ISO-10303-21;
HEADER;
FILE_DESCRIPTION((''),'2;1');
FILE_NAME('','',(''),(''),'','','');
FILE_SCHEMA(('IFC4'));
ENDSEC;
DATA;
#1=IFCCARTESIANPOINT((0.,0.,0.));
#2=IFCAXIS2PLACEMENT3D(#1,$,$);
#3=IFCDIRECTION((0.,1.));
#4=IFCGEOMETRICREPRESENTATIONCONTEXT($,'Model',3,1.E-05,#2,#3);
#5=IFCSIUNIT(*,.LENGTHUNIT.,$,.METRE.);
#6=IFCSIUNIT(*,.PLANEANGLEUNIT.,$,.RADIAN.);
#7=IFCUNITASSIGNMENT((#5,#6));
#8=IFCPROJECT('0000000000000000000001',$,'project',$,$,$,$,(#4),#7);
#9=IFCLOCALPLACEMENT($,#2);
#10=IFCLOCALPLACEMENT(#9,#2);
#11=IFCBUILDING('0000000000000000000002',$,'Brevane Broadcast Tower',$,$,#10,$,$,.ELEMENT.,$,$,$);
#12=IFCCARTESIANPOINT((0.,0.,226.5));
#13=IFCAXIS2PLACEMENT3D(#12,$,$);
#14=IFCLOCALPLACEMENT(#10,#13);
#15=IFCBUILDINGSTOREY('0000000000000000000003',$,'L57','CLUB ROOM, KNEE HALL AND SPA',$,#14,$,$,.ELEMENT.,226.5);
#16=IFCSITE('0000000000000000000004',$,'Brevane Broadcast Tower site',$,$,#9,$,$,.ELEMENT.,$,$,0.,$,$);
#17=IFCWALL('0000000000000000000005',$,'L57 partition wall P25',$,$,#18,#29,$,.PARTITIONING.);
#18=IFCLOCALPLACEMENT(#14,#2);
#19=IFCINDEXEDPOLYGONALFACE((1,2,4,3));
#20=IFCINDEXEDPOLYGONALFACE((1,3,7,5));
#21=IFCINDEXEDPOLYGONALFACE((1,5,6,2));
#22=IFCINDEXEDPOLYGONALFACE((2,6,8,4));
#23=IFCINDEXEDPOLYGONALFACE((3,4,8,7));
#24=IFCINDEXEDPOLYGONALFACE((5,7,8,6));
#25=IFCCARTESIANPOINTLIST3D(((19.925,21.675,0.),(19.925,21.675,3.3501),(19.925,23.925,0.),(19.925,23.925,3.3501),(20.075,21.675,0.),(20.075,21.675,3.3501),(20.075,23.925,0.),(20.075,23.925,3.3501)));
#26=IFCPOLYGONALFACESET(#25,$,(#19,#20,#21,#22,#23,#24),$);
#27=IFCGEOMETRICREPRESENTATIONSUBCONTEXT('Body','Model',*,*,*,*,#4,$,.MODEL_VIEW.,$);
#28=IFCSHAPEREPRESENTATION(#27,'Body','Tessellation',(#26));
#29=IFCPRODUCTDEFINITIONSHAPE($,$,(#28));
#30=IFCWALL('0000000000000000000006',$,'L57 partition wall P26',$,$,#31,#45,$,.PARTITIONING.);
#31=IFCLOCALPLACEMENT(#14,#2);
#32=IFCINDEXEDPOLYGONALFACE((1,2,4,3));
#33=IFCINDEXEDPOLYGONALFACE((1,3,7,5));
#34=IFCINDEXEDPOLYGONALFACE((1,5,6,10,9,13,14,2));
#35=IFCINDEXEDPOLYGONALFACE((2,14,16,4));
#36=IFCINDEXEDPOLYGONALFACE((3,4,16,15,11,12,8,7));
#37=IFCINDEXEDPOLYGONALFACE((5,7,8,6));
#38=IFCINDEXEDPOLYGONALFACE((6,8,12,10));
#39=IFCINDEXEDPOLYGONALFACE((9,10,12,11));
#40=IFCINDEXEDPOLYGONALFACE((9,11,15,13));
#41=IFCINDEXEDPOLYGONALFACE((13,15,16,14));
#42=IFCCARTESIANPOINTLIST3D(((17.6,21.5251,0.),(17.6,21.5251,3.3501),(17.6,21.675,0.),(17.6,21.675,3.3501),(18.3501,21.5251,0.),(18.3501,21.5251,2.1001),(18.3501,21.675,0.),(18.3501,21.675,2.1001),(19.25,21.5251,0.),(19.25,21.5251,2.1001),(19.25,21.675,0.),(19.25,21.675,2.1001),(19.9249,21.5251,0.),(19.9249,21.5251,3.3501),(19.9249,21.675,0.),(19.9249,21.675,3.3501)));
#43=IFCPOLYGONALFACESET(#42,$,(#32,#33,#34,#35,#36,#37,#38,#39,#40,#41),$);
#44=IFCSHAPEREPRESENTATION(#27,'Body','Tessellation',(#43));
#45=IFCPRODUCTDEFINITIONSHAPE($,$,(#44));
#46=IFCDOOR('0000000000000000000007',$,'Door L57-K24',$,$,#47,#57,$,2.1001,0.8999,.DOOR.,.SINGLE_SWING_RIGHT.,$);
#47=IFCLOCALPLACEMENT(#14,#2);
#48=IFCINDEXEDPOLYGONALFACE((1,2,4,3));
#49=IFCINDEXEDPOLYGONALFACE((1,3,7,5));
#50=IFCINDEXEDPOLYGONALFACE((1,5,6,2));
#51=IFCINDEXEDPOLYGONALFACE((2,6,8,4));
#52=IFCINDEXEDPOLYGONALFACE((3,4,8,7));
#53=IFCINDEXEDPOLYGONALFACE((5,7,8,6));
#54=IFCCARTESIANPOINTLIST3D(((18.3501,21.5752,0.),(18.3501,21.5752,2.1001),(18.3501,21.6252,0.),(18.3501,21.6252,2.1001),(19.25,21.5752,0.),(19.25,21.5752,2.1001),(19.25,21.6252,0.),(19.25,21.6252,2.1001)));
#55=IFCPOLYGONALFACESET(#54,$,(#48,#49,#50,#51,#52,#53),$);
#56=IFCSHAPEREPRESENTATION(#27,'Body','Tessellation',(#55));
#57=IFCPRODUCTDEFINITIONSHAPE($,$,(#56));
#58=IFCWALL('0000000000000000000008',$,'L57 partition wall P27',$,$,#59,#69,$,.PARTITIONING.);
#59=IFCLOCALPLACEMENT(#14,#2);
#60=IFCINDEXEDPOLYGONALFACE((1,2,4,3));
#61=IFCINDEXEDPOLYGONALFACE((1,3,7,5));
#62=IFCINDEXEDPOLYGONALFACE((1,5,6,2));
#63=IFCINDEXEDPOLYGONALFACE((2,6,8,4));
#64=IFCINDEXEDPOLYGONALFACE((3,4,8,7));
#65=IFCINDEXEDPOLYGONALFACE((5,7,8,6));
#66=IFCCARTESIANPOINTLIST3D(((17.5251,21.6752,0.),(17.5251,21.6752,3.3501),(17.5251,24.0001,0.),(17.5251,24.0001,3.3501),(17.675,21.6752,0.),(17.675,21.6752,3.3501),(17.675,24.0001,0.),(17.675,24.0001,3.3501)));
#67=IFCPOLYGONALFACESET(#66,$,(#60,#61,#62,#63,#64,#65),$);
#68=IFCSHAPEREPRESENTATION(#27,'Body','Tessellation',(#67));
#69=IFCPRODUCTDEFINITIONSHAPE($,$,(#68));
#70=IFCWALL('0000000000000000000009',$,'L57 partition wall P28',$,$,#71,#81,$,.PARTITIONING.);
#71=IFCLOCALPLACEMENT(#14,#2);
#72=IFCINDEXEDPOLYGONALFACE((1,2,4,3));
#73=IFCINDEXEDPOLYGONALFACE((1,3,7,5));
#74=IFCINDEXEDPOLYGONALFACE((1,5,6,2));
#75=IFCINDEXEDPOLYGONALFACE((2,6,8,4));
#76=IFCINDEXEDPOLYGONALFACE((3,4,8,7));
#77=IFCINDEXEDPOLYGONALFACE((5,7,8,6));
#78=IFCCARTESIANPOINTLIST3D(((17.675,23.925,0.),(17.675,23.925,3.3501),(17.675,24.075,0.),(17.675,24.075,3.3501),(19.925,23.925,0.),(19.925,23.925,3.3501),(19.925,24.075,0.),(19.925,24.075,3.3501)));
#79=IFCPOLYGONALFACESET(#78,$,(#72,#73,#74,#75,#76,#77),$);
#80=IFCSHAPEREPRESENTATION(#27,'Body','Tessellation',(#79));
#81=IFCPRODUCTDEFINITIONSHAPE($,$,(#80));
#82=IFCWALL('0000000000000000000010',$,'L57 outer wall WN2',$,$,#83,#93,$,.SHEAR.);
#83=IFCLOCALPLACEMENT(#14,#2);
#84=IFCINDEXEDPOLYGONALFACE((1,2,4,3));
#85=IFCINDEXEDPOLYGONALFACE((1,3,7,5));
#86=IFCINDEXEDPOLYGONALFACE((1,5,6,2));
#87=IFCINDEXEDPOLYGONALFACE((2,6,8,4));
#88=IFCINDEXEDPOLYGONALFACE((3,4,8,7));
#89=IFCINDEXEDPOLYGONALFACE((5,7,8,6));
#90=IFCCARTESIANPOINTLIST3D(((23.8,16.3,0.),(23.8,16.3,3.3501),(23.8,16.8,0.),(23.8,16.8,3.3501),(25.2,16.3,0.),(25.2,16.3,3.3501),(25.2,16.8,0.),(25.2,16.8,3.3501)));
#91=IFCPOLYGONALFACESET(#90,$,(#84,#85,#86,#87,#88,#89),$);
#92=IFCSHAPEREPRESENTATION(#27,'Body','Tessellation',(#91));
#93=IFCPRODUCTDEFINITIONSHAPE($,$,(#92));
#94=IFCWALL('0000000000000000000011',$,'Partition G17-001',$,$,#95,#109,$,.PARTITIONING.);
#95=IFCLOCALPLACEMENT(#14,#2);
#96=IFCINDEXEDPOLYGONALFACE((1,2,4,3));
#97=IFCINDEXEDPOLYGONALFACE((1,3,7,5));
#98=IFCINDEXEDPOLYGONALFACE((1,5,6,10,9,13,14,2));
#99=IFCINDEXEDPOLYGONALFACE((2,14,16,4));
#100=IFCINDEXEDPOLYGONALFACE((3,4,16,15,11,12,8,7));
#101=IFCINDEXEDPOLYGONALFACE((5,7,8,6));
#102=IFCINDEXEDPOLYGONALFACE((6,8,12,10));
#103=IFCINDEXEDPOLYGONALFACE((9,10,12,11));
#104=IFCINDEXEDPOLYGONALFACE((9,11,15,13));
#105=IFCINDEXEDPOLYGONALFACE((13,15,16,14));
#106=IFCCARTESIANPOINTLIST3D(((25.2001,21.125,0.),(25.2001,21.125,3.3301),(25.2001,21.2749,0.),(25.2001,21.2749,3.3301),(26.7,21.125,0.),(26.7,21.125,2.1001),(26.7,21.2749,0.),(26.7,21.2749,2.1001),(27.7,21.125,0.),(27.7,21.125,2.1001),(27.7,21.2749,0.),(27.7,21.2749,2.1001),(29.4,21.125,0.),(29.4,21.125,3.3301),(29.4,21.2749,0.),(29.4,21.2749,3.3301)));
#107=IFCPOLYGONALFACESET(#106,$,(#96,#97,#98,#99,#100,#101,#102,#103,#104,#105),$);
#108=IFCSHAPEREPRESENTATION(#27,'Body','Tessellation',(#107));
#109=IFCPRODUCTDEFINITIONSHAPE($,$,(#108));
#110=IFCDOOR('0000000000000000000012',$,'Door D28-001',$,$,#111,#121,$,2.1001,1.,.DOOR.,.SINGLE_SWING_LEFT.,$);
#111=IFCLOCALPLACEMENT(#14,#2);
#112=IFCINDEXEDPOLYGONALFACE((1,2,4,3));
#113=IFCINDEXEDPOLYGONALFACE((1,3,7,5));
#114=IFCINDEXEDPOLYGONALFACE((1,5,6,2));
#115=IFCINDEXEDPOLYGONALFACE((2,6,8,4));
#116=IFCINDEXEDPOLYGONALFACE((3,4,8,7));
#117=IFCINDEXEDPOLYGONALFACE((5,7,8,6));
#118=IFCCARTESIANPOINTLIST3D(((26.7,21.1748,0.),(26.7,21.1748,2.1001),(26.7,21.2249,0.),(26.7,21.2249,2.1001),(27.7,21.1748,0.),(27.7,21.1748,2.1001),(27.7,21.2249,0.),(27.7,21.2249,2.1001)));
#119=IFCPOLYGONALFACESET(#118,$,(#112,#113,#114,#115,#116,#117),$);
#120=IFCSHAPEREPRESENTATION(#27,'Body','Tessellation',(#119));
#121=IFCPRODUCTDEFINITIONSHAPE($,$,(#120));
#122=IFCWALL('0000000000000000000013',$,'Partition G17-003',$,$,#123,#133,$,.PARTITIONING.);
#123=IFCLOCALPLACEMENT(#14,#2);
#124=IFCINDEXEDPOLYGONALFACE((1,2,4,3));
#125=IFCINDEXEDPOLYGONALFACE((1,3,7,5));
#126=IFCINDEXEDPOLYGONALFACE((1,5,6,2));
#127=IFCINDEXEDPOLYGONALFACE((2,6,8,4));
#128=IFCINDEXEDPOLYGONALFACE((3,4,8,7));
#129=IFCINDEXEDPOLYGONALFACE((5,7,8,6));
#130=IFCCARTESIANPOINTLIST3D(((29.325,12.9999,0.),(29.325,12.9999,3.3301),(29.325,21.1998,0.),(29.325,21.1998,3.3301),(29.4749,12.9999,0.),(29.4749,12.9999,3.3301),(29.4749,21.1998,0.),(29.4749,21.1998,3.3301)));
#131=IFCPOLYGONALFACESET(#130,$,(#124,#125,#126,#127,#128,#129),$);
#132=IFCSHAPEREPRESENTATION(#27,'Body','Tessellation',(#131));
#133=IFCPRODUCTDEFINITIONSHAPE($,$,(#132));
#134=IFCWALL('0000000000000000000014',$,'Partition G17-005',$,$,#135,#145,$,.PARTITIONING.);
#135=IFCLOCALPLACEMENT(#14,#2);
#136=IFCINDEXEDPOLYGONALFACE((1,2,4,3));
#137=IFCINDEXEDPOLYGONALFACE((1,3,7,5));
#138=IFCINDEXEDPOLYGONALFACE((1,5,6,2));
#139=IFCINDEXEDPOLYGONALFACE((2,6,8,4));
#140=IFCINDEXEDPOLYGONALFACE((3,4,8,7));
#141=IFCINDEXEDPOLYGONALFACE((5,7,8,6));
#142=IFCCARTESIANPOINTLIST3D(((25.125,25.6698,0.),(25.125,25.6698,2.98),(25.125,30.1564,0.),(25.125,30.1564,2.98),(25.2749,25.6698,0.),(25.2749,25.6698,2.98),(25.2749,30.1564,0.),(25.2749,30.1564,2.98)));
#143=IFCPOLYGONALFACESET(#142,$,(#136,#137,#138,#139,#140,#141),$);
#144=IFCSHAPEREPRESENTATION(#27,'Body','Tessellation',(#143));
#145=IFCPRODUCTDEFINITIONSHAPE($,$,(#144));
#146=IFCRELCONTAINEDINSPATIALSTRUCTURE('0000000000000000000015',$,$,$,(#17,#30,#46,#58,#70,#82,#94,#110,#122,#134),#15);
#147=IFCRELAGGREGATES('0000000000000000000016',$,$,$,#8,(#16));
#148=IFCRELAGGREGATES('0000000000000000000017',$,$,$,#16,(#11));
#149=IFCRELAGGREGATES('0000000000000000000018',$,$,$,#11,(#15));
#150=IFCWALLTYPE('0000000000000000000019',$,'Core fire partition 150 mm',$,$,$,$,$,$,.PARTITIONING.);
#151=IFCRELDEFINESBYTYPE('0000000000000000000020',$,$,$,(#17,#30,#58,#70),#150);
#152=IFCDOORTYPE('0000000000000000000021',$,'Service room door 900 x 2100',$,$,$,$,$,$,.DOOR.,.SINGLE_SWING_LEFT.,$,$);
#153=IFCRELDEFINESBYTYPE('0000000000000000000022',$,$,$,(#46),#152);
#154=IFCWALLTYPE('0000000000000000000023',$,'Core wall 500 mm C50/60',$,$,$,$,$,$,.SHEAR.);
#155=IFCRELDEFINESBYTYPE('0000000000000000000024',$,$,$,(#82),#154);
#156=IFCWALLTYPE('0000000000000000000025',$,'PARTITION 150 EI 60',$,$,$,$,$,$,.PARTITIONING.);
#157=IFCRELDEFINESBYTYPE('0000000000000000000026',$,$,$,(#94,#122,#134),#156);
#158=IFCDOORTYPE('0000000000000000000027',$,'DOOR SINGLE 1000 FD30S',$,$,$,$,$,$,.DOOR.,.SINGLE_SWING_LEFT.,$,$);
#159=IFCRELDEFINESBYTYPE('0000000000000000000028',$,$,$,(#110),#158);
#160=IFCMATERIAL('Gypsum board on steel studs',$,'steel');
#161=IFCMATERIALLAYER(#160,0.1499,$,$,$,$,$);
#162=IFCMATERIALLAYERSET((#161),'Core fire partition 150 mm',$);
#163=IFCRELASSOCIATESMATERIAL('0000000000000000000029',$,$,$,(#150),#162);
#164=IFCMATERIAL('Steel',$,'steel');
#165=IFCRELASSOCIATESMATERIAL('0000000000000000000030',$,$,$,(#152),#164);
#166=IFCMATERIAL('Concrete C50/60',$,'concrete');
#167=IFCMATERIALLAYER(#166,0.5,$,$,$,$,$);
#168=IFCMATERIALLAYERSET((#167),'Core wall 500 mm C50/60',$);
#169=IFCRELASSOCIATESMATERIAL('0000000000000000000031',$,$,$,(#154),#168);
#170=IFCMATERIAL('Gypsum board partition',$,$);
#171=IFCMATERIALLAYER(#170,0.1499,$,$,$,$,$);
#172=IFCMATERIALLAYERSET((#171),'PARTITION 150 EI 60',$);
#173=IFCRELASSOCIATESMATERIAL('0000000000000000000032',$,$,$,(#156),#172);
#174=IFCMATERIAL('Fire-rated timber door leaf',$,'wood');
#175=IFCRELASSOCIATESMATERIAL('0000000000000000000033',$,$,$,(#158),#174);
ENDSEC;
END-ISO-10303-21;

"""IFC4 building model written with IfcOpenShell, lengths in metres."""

from ifc_helpers import new_model, si_unit, direction, frame, frame_2d, origin, place, context, subcontext, project, spatial, rectangle, extrude, material, layer, layer_set, type_object, element, fill, save


model = new_model("IFC4")

# Units and contexts
model_context = context("Model", 3, precision=1e-05, world=origin(), true_north=direction((0.0, 1.0)))
body_context = subcontext(model_context, "Body", "Model", "MODEL_VIEW")
ifc_project = project(units=[si_unit("LENGTHUNIT", "METRE"), si_unit("PLANEANGLEUNIT", "RADIAN")], contexts=[model_context])

# Site, building, storey
site_placement = place(None, origin())
site = spatial("IfcSite", under=ifc_project, at=site_placement, Name="Brevane Broadcast Tower site", CompositionType="ELEMENT", RefElevation=0.0)
building_placement = place(site_placement, origin())
building = spatial("IfcBuilding", under=site, at=building_placement, Name="Brevane Broadcast Tower", CompositionType="ELEMENT")
storey_placement = place(building_placement, frame((0.0, 0.0, 226.5)))
storey = spatial("IfcBuildingStorey", under=building, at=storey_placement, Name="L57", Description="CLUB ROOM, KNEE HALL AND SPA", CompositionType="ELEMENT", Elevation=226.5)

# Shared definitions
ifc_material_1 = material(Name="Concrete C50/60", Category="concrete")

# Shared definitions
ifc_material_2 = material(Name="Gypsum board on steel studs", Category="steel")
ifc_layer_1 = layer(ifc_material_2, 0.1499)
ifc_layer_set_1 = layer_set([ifc_layer_1], Name="Core fire partition 150 mm")
wall_type_1 = type_object("IfcWallType", Name="Core fire partition 150 mm", PredefinedType="PARTITIONING", material=ifc_layer_set_1)

# Wall
wall_1_placement = place(storey_placement, frame((20.0, 21.675, 0.0), z_axis=(0.0, 0.0, 1.0), x_axis=(0.0, 1.0, 0.0)))
element("IfcWall", 1, at=wall_1_placement, inside=storey, type_object=wall_type_1, Name="L57 partition wall P25", PredefinedType="PARTITIONING", context=body_context, shape_type="SweptSolid", body=[
    extrude(rectangle(XDim=2.25, YDim=0.1499, at=frame_2d((1.125, 0.0))), origin(), (0.0, 0.0, 1.0), 3.3501),
])

# Wall, opening, door
wall_2_placement = place(storey_placement, frame((19.925, 21.6001, 0.0), z_axis=(0.0, 0.0, 1.0), x_axis=(-1.0, 0.0, 0.0)))
wall_2 = element("IfcWall", 2, at=wall_2_placement, inside=storey, type_object=wall_type_1, Name="L57 partition wall P26", PredefinedType="PARTITIONING", context=body_context, shape_type="SweptSolid", body=[
    extrude(rectangle(XDim=2.325, YDim=0.1499, at=frame_2d((1.1626, 0.0))), origin(), (0.0, 0.0, 1.0), 3.3501),
])
opening_1_placement = place(wall_2_placement, frame((0.675, 0.0, 0.0)))
opening_1 = element("IfcOpeningElement", 3, at=opening_1_placement, cuts=wall_2, PredefinedType="OPENING", context=body_context, shape_type="SweptSolid", body=[
    extrude(rectangle(XDim=0.8999, YDim=2.1001, at=frame_2d((0.45, 1.05))), frame((0.0, 0.085, 0.0), z_axis=(0.0, -1.0, 0.0), x_axis=(1.0, 0.0, 0.0)), (0.0, 0.0, 1.0), 0.1699),
])
ifc_material_3 = material(Name="Steel", Category="steel")
door_type_1 = type_object("IfcDoorType", Name="Service room door 900 x 2100", OperationType="SINGLE_SWING_LEFT", PredefinedType="DOOR", material=ifc_material_3)
door_1_placement = place(opening_1_placement, origin())
door_1 = element("IfcDoor", 4, at=door_1_placement, inside=storey, type_object=door_type_1, Name="Door L57-K24", OperationType="SINGLE_SWING_RIGHT", OverallHeight=2.1001, OverallWidth=0.8999, PredefinedType="DOOR", context=body_context, shape_type="SweptSolid", body=[
    extrude(rectangle(XDim=0.8999, YDim=2.1001, at=frame_2d((0.45, 1.05))), frame((0.0, 0.0249, 0.0), z_axis=(0.0, -1.0, 0.0), x_axis=(1.0, 0.0, 0.0)), (0.0, 0.0, 1.0), 0.05),
])
fill(opening_1, door_1)

# Walls
wall_3_placement = place(storey_placement, frame((17.6001, 21.675, 0.0), z_axis=(0.0, 0.0, 1.0), x_axis=(0.0, 1.0, 0.0)))
element("IfcWall", 5, at=wall_3_placement, inside=storey, type_object=wall_type_1, Name="L57 partition wall P27", PredefinedType="PARTITIONING", context=body_context, shape_type="SweptSolid", body=[
    extrude(rectangle(XDim=2.325, YDim=0.1499, at=frame_2d((1.1626, 0.0))), origin(), (0.0, 0.0, 1.0), 3.3501),
])
wall_4_placement = place(storey_placement, frame((17.675, 24.0, 0.0), z_axis=(0.0, 0.0, 1.0), x_axis=(1.0, 0.0, 0.0)))
element("IfcWall", 6, at=wall_4_placement, inside=storey, type_object=wall_type_1, Name="L57 partition wall P28", PredefinedType="PARTITIONING", context=body_context, shape_type="SweptSolid", body=[
    extrude(rectangle(XDim=2.25, YDim=0.1499, at=frame_2d((1.125, 0.0))), origin(), (0.0, 0.0, 1.0), 3.3501),
])
ifc_layer_2 = layer(ifc_material_1, 0.5)
ifc_layer_set_2 = layer_set([ifc_layer_2], Name="Core wall 500 mm C50/60")
wall_type_2 = type_object("IfcWallType", Name="Core wall 500 mm C50/60", PredefinedType="SHEAR", material=ifc_layer_set_2)
wall_5_placement = place(storey_placement, frame((23.8, 16.55, 0.0), z_axis=(0.0, 0.0, 1.0), x_axis=(1.0, 0.0, 0.0)))
element("IfcWall", 7, at=wall_5_placement, inside=storey, type_object=wall_type_2, Name="L57 outer wall WN2", PredefinedType="SHEAR", context=body_context, shape_type="SweptSolid", body=[
    extrude(rectangle(XDim=1.3999, YDim=0.5, at=frame_2d((0.7, 0.0))), origin(), (0.0, 0.0, 1.0), 3.3501),
])

# Wall, opening, door
ifc_material_4 = material(Name="Gypsum board partition")
ifc_layer_3 = layer(ifc_material_4, 0.1499)
ifc_layer_set_3 = layer_set([ifc_layer_3], Name="PARTITION 150 EI 60")
wall_type_3 = type_object("IfcWallType", Name="PARTITION 150 EI 60", PredefinedType="PARTITIONING", material=ifc_layer_set_3)
wall_6_placement = place(storey_placement, frame((25.2, 21.2, 0.0), z_axis=(0.0, 0.0, 1.0), x_axis=(1.0, 0.0, 0.0)))
wall_6 = element("IfcWall", 8, at=wall_6_placement, inside=storey, type_object=wall_type_3, Name="Partition G17-001", PredefinedType="PARTITIONING", context=body_context, shape_type="SweptSolid", body=[
    extrude(rectangle(XDim=4.2, YDim=0.1499, at=frame_2d((2.1001, 0.0))), origin(), (0.0, 0.0, 1.0), 3.3301),
])
opening_2_placement = place(wall_6_placement, frame((1.5, 0.0, 0.0)))
opening_2 = element("IfcOpeningElement", 9, at=opening_2_placement, cuts=wall_6, PredefinedType="OPENING", context=body_context, shape_type="SweptSolid", body=[
    extrude(rectangle(XDim=1.0, YDim=2.1001, at=frame_2d((0.5, 1.05))), frame((0.0, 0.085, 0.0), z_axis=(0.0, -1.0, 0.0), x_axis=(1.0, 0.0, 0.0)), (0.0, 0.0, 1.0), 0.1699),
])
ifc_material_5 = material(Name="Fire-rated timber door leaf", Category="wood")
door_type_2 = type_object("IfcDoorType", Name="DOOR SINGLE 1000 FD30S", OperationType="SINGLE_SWING_LEFT", PredefinedType="DOOR", material=ifc_material_5)
door_2_placement = place(opening_2_placement, origin())
door_2 = element("IfcDoor", 10, at=door_2_placement, inside=storey, type_object=door_type_2, Name="Door D28-001", OperationType="SINGLE_SWING_LEFT", OverallHeight=2.1001, OverallWidth=1.0, PredefinedType="DOOR", context=body_context, shape_type="SweptSolid", body=[
    extrude(rectangle(XDim=1.0, YDim=2.1001, at=frame_2d((0.5, 1.05))), frame((0.0, 0.0249, 0.0), z_axis=(0.0, -1.0, 0.0), x_axis=(1.0, 0.0, 0.0)), (0.0, 0.0, 1.0), 0.05),
])
fill(opening_2, door_2)

# Walls
wall_7_placement = place(storey_placement, frame((29.3999, 21.2, 0.0), z_axis=(0.0, 0.0, 1.0), x_axis=(0.0, -1.0, 0.0)))
element("IfcWall", 11, at=wall_7_placement, inside=storey, type_object=wall_type_3, Name="Partition G17-003", PredefinedType="PARTITIONING", context=body_context, shape_type="SweptSolid", body=[
    extrude(rectangle(XDim=8.2, YDim=0.1499, at=frame_2d((4.1001, 0.0))), origin(), (0.0, 0.0, 1.0), 3.3301),
])
wall_8_placement = place(storey_placement, frame((25.2, 25.6699, 0.0), z_axis=(0.0, 0.0, 1.0), x_axis=(0.0, 1.0, 0.0)))
element("IfcWall", 12, at=wall_8_placement, inside=storey, type_object=wall_type_3, Name="Partition G17-005", PredefinedType="PARTITIONING", context=body_context, shape_type="SweptSolid", body=[
    extrude(rectangle(XDim=4.4866, YDim=0.1499, at=frame_2d((2.2432, 0.0))), origin(), (0.0, 0.0, 1.0), 2.98),
])

save(model, "model.ifc")
